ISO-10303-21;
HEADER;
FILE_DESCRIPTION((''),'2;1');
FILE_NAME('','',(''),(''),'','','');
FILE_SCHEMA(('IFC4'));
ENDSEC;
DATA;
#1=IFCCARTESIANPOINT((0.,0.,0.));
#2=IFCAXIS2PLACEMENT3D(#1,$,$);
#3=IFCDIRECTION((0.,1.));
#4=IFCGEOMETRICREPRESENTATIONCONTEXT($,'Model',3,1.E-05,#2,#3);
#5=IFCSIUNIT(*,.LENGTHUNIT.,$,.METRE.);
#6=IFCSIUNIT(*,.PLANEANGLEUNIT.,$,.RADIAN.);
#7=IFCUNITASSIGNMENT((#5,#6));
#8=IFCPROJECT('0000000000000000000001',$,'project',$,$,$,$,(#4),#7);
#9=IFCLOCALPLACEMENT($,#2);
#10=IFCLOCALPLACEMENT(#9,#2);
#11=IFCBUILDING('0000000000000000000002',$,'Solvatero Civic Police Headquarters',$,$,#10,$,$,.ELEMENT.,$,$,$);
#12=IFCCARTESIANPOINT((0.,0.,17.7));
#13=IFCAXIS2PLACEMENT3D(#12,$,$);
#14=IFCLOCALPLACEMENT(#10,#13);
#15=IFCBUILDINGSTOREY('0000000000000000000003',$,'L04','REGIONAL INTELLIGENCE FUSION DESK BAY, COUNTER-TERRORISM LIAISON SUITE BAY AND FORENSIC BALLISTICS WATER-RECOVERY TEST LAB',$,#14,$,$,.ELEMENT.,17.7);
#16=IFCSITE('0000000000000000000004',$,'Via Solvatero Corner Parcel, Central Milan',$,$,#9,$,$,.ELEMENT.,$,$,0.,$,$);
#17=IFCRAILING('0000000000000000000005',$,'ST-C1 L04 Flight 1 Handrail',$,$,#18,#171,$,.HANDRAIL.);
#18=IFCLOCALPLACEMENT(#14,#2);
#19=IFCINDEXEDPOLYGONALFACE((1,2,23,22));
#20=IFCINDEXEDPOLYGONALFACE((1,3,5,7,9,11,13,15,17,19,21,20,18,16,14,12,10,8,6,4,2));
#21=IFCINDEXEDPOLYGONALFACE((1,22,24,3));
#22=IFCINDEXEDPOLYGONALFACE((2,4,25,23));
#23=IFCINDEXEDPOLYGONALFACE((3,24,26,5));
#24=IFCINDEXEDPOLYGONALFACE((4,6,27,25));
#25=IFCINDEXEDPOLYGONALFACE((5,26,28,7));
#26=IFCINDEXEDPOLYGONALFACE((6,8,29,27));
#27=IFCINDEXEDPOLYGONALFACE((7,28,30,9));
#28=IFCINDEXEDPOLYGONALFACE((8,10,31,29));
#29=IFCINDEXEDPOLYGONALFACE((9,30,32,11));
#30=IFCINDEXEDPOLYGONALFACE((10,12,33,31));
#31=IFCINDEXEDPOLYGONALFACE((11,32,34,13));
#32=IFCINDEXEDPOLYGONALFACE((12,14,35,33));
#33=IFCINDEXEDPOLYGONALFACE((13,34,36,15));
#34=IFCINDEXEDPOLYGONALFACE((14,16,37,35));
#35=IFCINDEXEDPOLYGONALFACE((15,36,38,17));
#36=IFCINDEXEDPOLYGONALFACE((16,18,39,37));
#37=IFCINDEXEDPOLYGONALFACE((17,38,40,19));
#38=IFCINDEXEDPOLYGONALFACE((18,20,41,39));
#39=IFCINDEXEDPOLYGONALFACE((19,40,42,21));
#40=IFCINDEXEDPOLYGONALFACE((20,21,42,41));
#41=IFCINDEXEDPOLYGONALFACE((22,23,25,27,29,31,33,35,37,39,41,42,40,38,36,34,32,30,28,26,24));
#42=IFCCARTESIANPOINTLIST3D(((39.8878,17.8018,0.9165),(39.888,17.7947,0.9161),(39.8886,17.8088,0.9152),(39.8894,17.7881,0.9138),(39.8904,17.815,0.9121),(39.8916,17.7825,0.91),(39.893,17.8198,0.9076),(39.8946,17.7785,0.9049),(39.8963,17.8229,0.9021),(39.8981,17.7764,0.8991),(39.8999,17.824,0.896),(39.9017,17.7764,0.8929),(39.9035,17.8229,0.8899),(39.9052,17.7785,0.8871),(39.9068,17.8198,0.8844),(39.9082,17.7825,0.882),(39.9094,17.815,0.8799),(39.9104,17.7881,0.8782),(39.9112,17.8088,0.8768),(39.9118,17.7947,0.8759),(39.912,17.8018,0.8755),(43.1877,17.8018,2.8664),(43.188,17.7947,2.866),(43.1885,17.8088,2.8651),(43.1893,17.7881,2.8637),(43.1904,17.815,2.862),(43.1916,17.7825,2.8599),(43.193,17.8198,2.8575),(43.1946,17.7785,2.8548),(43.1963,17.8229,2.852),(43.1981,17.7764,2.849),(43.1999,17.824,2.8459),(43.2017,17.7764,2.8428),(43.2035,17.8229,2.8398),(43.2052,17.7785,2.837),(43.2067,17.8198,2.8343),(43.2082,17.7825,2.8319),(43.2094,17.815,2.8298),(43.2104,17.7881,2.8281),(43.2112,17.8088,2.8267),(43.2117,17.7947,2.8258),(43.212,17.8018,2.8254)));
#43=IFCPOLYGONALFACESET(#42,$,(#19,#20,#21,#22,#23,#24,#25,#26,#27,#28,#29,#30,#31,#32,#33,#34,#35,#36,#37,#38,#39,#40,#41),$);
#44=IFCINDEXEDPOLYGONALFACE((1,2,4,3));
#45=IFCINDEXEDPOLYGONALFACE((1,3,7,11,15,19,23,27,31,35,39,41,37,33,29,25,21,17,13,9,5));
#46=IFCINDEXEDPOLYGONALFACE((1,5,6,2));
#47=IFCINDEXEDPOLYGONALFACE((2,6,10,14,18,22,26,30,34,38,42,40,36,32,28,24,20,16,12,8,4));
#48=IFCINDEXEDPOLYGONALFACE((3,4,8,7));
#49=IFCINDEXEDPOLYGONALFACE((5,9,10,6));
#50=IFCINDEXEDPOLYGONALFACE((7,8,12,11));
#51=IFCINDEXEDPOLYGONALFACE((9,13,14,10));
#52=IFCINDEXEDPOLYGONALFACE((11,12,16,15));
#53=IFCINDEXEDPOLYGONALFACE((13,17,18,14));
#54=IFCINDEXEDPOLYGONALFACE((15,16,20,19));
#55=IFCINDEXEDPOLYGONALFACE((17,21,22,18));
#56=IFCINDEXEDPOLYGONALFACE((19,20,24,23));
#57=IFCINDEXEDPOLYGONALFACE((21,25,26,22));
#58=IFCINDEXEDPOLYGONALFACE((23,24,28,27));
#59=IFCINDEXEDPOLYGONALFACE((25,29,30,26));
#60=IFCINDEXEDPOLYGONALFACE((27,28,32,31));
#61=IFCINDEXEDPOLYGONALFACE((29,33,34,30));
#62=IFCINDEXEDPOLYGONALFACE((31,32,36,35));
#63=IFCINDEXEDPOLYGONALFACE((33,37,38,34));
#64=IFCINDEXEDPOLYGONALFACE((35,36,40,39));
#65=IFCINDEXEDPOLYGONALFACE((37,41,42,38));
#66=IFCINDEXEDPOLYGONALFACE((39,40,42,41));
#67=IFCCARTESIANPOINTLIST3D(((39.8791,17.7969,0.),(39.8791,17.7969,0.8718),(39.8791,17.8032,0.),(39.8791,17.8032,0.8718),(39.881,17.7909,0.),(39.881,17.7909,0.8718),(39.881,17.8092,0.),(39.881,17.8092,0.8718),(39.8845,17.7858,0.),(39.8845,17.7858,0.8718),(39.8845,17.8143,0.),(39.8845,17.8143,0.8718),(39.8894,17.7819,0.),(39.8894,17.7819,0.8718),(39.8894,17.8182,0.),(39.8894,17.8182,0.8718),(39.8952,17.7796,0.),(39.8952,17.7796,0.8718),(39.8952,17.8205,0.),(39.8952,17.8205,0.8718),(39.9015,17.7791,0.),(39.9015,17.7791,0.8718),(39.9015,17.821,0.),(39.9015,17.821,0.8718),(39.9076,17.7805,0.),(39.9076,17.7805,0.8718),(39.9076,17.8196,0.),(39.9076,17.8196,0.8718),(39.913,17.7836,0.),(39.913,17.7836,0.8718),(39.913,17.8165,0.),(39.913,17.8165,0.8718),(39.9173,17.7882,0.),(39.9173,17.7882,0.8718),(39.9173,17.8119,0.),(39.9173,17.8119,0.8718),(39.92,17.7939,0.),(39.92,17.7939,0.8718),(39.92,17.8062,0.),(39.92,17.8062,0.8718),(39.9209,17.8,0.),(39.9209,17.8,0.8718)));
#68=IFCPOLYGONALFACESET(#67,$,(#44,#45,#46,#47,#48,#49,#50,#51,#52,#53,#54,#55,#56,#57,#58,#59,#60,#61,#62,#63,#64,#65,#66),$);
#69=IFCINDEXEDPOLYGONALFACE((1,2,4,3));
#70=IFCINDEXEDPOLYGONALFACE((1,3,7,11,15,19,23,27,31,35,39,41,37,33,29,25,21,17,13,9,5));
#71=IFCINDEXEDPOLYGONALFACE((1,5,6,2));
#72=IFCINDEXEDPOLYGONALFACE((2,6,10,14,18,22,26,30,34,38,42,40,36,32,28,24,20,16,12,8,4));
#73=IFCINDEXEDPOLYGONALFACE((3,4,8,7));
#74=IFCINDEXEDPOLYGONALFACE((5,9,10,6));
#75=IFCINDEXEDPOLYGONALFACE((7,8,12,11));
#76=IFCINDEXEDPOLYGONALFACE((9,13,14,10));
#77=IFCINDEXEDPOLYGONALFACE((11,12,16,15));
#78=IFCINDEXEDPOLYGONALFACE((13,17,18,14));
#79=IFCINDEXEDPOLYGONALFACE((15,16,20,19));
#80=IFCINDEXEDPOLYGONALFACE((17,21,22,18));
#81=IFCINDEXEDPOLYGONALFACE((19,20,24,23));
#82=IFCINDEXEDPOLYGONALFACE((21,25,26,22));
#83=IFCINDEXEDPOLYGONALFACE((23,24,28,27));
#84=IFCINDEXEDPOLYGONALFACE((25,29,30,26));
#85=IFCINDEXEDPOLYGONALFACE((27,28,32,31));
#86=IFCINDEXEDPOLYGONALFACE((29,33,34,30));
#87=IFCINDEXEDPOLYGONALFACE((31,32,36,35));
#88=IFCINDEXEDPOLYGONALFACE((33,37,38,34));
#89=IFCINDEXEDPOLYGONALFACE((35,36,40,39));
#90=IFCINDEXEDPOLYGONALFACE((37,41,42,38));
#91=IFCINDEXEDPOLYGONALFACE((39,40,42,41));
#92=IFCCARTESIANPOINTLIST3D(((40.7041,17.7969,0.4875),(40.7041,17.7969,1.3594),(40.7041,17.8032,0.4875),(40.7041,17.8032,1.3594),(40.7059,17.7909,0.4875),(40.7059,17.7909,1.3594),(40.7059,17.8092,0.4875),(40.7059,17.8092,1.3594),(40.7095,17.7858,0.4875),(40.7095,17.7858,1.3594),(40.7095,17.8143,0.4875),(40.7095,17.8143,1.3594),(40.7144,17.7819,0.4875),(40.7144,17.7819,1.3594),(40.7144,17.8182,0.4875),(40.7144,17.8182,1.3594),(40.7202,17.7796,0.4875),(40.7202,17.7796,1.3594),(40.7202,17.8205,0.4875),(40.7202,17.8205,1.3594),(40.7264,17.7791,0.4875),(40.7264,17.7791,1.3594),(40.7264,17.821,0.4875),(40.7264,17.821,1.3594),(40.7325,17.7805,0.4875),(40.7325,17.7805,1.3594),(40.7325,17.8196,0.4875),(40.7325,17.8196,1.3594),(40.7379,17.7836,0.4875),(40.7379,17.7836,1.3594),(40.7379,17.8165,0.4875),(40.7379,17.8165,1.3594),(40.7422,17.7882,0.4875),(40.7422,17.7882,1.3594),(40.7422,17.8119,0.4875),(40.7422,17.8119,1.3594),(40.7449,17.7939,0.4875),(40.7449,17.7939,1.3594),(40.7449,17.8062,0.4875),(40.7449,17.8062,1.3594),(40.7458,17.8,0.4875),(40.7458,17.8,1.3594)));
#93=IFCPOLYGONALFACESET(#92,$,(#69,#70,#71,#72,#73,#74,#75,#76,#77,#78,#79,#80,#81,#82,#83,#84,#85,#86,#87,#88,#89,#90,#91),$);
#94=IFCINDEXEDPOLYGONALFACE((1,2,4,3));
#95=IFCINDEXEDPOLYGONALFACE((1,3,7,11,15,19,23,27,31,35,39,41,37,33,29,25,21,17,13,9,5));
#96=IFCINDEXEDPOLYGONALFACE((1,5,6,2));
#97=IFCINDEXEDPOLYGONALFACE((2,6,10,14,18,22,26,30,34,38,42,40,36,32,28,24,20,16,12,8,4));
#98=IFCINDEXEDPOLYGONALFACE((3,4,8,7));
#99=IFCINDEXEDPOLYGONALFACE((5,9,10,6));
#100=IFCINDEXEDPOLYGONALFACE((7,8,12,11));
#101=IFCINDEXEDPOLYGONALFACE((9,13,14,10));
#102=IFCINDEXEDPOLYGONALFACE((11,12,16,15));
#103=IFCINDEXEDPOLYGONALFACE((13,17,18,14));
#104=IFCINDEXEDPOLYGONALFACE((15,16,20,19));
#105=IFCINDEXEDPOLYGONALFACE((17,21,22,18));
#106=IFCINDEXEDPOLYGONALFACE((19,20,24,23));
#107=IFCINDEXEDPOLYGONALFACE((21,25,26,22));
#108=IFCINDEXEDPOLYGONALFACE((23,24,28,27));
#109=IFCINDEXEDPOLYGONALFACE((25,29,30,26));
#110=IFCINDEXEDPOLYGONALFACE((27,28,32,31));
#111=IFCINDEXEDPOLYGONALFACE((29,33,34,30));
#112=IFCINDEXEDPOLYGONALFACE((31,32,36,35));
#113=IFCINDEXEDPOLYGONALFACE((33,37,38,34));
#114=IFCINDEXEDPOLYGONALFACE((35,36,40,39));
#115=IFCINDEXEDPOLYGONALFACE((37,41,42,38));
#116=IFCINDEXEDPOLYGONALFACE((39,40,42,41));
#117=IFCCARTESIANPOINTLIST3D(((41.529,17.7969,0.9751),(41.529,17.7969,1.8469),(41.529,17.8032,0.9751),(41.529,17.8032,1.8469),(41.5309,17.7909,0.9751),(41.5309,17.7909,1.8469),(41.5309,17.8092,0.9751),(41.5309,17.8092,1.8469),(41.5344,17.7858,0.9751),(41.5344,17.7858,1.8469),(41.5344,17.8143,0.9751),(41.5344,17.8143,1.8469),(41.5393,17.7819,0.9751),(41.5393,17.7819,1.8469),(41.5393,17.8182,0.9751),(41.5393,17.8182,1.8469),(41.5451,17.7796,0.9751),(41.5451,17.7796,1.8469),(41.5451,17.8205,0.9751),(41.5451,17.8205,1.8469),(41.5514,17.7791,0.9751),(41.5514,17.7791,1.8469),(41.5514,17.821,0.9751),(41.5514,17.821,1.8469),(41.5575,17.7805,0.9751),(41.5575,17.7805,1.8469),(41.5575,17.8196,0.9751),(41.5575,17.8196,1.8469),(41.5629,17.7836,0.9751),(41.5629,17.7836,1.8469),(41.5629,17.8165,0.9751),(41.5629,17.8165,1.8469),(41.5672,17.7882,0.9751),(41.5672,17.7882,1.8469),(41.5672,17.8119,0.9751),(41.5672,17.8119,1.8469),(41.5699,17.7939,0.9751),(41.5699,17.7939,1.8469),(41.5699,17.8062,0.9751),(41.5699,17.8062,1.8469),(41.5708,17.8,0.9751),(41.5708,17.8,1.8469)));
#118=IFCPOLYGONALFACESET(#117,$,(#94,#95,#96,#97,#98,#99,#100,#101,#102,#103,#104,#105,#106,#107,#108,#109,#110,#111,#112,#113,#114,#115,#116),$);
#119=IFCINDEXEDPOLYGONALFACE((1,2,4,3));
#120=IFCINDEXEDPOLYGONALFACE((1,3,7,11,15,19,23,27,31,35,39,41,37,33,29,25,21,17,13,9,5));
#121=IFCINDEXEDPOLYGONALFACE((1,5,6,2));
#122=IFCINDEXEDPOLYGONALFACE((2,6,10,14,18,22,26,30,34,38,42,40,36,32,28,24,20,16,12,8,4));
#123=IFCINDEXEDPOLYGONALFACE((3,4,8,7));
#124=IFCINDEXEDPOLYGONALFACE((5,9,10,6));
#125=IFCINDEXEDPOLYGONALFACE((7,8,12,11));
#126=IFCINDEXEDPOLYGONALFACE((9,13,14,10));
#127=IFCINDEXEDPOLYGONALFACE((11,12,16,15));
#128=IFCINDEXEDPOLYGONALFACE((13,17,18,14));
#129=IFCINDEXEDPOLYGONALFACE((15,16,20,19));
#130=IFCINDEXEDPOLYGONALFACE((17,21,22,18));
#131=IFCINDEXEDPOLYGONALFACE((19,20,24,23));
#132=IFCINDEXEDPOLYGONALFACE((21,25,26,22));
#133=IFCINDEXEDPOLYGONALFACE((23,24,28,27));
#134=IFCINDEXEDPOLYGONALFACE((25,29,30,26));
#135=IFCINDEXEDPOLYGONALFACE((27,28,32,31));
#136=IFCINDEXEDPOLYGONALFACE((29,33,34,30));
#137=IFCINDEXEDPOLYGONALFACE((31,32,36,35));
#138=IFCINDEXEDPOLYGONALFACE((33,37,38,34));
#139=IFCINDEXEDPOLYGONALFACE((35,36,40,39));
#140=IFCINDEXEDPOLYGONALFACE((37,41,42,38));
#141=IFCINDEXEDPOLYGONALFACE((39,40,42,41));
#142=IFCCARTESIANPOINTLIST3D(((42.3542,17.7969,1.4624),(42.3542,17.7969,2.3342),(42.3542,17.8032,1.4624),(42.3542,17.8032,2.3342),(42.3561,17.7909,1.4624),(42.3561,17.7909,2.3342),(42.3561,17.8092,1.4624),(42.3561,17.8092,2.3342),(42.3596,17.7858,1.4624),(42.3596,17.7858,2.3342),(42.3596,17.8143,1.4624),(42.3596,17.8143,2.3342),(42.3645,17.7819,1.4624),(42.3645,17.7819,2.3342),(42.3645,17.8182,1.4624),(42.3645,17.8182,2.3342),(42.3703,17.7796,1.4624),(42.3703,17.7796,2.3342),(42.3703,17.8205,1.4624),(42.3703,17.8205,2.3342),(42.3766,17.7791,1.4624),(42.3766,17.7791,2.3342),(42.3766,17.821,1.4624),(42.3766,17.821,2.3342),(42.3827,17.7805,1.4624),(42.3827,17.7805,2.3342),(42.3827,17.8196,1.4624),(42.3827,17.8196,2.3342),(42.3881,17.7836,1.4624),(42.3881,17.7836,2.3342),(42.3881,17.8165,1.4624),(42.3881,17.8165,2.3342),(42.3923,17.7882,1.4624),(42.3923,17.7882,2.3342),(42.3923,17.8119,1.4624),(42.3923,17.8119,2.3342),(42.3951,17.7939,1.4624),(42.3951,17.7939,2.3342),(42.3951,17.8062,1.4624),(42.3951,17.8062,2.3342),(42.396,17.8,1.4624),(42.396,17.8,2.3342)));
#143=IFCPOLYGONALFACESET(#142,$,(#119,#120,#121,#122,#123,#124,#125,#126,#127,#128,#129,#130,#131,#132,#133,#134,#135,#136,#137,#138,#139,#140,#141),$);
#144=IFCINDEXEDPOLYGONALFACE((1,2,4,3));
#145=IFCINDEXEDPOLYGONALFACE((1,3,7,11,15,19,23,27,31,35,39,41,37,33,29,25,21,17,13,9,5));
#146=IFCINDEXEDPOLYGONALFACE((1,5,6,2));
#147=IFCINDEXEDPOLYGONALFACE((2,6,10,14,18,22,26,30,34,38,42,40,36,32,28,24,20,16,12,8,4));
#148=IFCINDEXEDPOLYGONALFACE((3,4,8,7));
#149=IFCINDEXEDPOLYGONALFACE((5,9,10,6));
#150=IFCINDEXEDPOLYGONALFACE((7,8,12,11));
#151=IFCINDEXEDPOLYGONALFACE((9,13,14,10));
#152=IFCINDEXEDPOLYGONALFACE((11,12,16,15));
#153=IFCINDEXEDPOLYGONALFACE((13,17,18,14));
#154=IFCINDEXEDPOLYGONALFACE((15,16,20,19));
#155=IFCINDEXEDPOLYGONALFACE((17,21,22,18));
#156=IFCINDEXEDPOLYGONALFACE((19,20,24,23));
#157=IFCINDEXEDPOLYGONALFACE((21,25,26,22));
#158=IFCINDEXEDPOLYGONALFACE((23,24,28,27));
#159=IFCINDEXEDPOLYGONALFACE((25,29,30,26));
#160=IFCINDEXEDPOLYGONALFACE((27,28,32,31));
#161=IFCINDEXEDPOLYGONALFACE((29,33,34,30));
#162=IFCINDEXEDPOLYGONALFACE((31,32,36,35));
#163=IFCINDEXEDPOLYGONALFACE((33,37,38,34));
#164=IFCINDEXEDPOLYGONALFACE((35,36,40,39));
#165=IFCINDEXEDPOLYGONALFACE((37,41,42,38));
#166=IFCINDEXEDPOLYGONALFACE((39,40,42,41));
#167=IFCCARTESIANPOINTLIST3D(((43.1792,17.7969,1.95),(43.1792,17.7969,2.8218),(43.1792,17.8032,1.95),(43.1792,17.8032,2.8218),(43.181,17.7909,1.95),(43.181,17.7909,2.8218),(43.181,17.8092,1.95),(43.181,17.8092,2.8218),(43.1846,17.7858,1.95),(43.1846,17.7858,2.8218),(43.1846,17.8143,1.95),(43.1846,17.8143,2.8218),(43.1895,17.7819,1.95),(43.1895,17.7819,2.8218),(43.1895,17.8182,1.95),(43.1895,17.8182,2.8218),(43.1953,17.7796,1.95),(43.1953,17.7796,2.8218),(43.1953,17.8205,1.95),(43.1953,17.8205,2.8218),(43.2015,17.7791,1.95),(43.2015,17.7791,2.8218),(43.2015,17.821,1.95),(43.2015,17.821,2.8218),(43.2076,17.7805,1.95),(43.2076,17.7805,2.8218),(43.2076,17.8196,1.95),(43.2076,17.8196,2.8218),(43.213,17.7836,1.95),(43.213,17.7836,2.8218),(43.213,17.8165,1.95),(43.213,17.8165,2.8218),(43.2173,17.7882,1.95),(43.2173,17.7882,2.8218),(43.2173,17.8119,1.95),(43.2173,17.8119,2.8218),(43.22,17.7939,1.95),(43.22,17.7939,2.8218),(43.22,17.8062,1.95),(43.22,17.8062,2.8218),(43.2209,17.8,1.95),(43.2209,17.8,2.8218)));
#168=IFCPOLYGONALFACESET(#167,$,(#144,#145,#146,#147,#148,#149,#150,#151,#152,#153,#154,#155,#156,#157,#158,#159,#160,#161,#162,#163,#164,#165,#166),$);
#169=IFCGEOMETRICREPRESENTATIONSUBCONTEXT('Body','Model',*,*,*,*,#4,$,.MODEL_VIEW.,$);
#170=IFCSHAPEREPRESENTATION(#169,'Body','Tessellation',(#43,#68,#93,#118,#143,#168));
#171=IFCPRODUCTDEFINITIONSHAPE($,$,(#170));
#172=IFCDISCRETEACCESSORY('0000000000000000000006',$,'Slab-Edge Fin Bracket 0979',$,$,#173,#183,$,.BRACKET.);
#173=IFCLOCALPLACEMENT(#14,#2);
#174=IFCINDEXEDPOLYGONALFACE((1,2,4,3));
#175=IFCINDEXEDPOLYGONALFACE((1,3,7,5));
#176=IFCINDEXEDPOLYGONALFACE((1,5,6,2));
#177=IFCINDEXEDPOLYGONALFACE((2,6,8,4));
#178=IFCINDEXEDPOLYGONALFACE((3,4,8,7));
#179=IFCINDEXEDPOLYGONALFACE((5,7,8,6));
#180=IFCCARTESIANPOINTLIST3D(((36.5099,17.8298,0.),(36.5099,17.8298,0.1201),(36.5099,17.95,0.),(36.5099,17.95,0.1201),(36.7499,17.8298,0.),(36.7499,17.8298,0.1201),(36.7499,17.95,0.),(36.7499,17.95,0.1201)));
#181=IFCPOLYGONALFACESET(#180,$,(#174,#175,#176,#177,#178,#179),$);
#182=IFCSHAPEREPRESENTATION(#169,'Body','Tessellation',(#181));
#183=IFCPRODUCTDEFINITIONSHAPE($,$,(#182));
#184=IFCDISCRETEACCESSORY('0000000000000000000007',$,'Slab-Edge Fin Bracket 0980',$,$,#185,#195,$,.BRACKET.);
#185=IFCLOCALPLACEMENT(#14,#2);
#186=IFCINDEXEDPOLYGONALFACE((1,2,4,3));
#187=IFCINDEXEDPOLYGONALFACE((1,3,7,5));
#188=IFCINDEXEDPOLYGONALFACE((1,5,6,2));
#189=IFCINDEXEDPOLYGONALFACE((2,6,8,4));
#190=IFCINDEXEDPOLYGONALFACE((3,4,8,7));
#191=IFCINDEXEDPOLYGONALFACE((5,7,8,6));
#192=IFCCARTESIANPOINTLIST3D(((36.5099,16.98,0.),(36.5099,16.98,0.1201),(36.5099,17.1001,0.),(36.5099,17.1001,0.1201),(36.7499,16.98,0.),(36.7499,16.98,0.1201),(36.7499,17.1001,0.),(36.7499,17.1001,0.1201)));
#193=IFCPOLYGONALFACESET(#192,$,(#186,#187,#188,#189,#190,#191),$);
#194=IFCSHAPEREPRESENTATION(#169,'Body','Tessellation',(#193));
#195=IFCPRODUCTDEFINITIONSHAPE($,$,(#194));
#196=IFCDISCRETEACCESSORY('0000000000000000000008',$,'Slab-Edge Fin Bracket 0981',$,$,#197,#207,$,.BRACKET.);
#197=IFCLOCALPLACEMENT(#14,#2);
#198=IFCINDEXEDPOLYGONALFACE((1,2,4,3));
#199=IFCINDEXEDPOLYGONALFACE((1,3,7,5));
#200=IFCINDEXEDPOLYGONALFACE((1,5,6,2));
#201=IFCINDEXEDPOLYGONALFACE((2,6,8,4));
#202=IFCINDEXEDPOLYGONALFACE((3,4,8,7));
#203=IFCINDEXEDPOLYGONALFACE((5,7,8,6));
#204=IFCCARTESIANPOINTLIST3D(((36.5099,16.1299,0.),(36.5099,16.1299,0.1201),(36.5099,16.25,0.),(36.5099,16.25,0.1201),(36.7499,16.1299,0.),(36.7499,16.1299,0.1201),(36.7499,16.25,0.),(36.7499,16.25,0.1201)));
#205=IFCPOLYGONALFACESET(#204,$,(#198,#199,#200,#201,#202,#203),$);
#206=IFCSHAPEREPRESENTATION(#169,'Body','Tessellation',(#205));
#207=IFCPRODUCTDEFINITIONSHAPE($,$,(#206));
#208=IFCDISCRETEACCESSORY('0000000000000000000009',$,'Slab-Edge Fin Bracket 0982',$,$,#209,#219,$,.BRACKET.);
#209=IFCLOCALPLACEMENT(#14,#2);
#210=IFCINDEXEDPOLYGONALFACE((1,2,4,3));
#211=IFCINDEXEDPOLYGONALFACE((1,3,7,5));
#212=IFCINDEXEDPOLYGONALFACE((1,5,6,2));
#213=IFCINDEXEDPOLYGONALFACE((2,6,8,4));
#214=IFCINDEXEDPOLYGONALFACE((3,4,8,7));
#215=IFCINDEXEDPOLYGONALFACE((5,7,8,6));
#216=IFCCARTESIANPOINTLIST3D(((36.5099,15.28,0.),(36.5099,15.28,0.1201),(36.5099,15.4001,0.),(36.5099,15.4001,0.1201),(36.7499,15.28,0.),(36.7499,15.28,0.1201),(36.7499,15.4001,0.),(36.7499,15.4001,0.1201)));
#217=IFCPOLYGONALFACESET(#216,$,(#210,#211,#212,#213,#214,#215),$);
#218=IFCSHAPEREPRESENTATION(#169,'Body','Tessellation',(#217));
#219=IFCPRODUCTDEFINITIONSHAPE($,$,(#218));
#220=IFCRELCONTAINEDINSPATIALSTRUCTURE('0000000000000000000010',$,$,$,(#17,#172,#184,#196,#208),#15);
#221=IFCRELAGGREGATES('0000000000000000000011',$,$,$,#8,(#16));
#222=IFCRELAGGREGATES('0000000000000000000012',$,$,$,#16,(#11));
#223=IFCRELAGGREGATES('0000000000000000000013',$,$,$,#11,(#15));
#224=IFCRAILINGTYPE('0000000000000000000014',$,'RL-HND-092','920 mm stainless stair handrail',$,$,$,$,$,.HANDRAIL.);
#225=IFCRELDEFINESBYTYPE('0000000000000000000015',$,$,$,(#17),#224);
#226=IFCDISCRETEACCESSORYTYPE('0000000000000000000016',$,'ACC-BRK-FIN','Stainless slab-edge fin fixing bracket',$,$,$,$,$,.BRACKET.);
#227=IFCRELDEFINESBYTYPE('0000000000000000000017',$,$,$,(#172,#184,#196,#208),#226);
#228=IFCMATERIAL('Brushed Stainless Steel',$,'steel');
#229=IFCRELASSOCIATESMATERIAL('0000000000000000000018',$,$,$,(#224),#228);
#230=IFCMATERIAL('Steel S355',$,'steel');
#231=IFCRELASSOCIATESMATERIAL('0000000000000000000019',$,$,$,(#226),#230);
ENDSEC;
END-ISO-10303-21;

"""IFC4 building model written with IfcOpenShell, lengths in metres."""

from ifc_helpers import new_model, si_unit, direction, frame, origin, origin_2d, place, context, subcontext, project, spatial, rectangle, circle, extrude, material, type_object, element, save


model = new_model("IFC4")

# Units and contexts
model_context = context("Model", 3, precision=1e-05, world=origin(), true_north=direction((0.0, 1.0)))
body_context = subcontext(model_context, "Body", "Model", "MODEL_VIEW")
ifc_project = project(units=[si_unit("LENGTHUNIT", "METRE"), si_unit("PLANEANGLEUNIT", "RADIAN")], contexts=[model_context])

# Site, building, storey
site_placement = place(None, origin())
site = spatial("IfcSite", under=ifc_project, at=site_placement, Name="Via Solvatero Corner Parcel, Central Milan", CompositionType="ELEMENT", RefElevation=0.0)
building_placement = place(site_placement, origin())
building = spatial("IfcBuilding", under=site, at=building_placement, Name="Solvatero Civic Police Headquarters", CompositionType="ELEMENT")
storey_placement = place(building_placement, frame((0.0, 0.0, 17.7)))
storey = spatial("IfcBuildingStorey", under=building, at=storey_placement, Name="L04", Description="REGIONAL INTELLIGENCE FUSION DESK BAY, COUNTER-TERRORISM LIAISON SUITE BAY AND FORENSIC BALLISTICS WATER-RECOVERY TEST LAB", CompositionType="ELEMENT", Elevation=17.7)

# Railing
ifc_material_1 = material(Name="Brushed Stainless Steel", Category="steel")
railing_type_1 = type_object("IfcRailingType", Name="RL-HND-092", Description="920 mm stainless stair handrail", PredefinedType="HANDRAIL", material=ifc_material_1)
railing_1_placement = place(storey_placement, frame((39.8999, 17.8, 0.0)))
element("IfcRailing", 1, at=railing_1_placement, inside=storey, type_object=railing_type_1, Name="ST-C1 L04 Flight 1 Handrail", PredefinedType="HANDRAIL", context=body_context, shape_type="SweptSolid", body=[
    extrude(circle(Radius=0.0239, at=origin_2d()), frame((0.0, 0.0, 0.896), z_axis=(0.860935, 0.0, 0.508714), x_axis=(0.0, 1.0, 0.0)), (0.0, 0.0, 1.0), 3.833),
    extrude(circle(Radius=0.021, at=origin_2d()), origin(), (0.0, 0.0, 1.0), 0.8718),
    extrude(circle(Radius=0.021, at=origin_2d()), frame((0.825, 0.0, 0.4875)), (0.0, 0.0, 1.0), 0.8718),
    extrude(circle(Radius=0.021, at=origin_2d()), frame((1.6499, 0.0, 0.9751)), (0.0, 0.0, 1.0), 0.8718),
    extrude(circle(Radius=0.021, at=origin_2d()), frame((2.4751, 0.0, 1.4624)), (0.0, 0.0, 1.0), 0.8718),
    extrude(circle(Radius=0.021, at=origin_2d()), frame((3.3, 0.0, 1.95)), (0.0, 0.0, 1.0), 0.8718),
])

# Discrete accessories
ifc_material_2 = material(Name="Steel S355", Category="steel")
discrete_accessory_type = type_object("IfcDiscreteAccessoryType", Name="ACC-BRK-FIN", Description="Stainless slab-edge fin fixing bracket", PredefinedType="BRACKET", material=ifc_material_2)
for number, where, z_axis, x_axis, name in (
    (2, (36.6299, 17.8899, 0.0), (0.0, 0.0, 1.0), (0.0, -1.0, 0.0), "Slab-Edge Fin Bracket 0979"),
    (3, (36.6299, 17.04, 0.0), (0.0, 0.0, 1.0), (0.0, -1.0, 0.0), "Slab-Edge Fin Bracket 0980"),
    (4, (36.6299, 16.1899, 0.0), (0.0, 0.0, 1.0), (0.0, -1.0, 0.0), "Slab-Edge Fin Bracket 0981"),
    (5, (36.6299, 15.3401, 0.0), (0.0, 0.0, 1.0), (0.0, -1.0, 0.0), "Slab-Edge Fin Bracket 0982"),
):
    element("IfcDiscreteAccessory", number, at=place(storey_placement, frame(where, z_axis=z_axis, x_axis=x_axis)), inside=storey, type_object=discrete_accessory_type, Name=name, PredefinedType="BRACKET", context=body_context, shape_type="SweptSolid", body=[
        extrude(rectangle(XDim=0.1201, YDim=0.24, at=origin_2d()), origin(), (0.0, 0.0, 1.0), 0.1201),
    ])

save(model, "model.ifc")
